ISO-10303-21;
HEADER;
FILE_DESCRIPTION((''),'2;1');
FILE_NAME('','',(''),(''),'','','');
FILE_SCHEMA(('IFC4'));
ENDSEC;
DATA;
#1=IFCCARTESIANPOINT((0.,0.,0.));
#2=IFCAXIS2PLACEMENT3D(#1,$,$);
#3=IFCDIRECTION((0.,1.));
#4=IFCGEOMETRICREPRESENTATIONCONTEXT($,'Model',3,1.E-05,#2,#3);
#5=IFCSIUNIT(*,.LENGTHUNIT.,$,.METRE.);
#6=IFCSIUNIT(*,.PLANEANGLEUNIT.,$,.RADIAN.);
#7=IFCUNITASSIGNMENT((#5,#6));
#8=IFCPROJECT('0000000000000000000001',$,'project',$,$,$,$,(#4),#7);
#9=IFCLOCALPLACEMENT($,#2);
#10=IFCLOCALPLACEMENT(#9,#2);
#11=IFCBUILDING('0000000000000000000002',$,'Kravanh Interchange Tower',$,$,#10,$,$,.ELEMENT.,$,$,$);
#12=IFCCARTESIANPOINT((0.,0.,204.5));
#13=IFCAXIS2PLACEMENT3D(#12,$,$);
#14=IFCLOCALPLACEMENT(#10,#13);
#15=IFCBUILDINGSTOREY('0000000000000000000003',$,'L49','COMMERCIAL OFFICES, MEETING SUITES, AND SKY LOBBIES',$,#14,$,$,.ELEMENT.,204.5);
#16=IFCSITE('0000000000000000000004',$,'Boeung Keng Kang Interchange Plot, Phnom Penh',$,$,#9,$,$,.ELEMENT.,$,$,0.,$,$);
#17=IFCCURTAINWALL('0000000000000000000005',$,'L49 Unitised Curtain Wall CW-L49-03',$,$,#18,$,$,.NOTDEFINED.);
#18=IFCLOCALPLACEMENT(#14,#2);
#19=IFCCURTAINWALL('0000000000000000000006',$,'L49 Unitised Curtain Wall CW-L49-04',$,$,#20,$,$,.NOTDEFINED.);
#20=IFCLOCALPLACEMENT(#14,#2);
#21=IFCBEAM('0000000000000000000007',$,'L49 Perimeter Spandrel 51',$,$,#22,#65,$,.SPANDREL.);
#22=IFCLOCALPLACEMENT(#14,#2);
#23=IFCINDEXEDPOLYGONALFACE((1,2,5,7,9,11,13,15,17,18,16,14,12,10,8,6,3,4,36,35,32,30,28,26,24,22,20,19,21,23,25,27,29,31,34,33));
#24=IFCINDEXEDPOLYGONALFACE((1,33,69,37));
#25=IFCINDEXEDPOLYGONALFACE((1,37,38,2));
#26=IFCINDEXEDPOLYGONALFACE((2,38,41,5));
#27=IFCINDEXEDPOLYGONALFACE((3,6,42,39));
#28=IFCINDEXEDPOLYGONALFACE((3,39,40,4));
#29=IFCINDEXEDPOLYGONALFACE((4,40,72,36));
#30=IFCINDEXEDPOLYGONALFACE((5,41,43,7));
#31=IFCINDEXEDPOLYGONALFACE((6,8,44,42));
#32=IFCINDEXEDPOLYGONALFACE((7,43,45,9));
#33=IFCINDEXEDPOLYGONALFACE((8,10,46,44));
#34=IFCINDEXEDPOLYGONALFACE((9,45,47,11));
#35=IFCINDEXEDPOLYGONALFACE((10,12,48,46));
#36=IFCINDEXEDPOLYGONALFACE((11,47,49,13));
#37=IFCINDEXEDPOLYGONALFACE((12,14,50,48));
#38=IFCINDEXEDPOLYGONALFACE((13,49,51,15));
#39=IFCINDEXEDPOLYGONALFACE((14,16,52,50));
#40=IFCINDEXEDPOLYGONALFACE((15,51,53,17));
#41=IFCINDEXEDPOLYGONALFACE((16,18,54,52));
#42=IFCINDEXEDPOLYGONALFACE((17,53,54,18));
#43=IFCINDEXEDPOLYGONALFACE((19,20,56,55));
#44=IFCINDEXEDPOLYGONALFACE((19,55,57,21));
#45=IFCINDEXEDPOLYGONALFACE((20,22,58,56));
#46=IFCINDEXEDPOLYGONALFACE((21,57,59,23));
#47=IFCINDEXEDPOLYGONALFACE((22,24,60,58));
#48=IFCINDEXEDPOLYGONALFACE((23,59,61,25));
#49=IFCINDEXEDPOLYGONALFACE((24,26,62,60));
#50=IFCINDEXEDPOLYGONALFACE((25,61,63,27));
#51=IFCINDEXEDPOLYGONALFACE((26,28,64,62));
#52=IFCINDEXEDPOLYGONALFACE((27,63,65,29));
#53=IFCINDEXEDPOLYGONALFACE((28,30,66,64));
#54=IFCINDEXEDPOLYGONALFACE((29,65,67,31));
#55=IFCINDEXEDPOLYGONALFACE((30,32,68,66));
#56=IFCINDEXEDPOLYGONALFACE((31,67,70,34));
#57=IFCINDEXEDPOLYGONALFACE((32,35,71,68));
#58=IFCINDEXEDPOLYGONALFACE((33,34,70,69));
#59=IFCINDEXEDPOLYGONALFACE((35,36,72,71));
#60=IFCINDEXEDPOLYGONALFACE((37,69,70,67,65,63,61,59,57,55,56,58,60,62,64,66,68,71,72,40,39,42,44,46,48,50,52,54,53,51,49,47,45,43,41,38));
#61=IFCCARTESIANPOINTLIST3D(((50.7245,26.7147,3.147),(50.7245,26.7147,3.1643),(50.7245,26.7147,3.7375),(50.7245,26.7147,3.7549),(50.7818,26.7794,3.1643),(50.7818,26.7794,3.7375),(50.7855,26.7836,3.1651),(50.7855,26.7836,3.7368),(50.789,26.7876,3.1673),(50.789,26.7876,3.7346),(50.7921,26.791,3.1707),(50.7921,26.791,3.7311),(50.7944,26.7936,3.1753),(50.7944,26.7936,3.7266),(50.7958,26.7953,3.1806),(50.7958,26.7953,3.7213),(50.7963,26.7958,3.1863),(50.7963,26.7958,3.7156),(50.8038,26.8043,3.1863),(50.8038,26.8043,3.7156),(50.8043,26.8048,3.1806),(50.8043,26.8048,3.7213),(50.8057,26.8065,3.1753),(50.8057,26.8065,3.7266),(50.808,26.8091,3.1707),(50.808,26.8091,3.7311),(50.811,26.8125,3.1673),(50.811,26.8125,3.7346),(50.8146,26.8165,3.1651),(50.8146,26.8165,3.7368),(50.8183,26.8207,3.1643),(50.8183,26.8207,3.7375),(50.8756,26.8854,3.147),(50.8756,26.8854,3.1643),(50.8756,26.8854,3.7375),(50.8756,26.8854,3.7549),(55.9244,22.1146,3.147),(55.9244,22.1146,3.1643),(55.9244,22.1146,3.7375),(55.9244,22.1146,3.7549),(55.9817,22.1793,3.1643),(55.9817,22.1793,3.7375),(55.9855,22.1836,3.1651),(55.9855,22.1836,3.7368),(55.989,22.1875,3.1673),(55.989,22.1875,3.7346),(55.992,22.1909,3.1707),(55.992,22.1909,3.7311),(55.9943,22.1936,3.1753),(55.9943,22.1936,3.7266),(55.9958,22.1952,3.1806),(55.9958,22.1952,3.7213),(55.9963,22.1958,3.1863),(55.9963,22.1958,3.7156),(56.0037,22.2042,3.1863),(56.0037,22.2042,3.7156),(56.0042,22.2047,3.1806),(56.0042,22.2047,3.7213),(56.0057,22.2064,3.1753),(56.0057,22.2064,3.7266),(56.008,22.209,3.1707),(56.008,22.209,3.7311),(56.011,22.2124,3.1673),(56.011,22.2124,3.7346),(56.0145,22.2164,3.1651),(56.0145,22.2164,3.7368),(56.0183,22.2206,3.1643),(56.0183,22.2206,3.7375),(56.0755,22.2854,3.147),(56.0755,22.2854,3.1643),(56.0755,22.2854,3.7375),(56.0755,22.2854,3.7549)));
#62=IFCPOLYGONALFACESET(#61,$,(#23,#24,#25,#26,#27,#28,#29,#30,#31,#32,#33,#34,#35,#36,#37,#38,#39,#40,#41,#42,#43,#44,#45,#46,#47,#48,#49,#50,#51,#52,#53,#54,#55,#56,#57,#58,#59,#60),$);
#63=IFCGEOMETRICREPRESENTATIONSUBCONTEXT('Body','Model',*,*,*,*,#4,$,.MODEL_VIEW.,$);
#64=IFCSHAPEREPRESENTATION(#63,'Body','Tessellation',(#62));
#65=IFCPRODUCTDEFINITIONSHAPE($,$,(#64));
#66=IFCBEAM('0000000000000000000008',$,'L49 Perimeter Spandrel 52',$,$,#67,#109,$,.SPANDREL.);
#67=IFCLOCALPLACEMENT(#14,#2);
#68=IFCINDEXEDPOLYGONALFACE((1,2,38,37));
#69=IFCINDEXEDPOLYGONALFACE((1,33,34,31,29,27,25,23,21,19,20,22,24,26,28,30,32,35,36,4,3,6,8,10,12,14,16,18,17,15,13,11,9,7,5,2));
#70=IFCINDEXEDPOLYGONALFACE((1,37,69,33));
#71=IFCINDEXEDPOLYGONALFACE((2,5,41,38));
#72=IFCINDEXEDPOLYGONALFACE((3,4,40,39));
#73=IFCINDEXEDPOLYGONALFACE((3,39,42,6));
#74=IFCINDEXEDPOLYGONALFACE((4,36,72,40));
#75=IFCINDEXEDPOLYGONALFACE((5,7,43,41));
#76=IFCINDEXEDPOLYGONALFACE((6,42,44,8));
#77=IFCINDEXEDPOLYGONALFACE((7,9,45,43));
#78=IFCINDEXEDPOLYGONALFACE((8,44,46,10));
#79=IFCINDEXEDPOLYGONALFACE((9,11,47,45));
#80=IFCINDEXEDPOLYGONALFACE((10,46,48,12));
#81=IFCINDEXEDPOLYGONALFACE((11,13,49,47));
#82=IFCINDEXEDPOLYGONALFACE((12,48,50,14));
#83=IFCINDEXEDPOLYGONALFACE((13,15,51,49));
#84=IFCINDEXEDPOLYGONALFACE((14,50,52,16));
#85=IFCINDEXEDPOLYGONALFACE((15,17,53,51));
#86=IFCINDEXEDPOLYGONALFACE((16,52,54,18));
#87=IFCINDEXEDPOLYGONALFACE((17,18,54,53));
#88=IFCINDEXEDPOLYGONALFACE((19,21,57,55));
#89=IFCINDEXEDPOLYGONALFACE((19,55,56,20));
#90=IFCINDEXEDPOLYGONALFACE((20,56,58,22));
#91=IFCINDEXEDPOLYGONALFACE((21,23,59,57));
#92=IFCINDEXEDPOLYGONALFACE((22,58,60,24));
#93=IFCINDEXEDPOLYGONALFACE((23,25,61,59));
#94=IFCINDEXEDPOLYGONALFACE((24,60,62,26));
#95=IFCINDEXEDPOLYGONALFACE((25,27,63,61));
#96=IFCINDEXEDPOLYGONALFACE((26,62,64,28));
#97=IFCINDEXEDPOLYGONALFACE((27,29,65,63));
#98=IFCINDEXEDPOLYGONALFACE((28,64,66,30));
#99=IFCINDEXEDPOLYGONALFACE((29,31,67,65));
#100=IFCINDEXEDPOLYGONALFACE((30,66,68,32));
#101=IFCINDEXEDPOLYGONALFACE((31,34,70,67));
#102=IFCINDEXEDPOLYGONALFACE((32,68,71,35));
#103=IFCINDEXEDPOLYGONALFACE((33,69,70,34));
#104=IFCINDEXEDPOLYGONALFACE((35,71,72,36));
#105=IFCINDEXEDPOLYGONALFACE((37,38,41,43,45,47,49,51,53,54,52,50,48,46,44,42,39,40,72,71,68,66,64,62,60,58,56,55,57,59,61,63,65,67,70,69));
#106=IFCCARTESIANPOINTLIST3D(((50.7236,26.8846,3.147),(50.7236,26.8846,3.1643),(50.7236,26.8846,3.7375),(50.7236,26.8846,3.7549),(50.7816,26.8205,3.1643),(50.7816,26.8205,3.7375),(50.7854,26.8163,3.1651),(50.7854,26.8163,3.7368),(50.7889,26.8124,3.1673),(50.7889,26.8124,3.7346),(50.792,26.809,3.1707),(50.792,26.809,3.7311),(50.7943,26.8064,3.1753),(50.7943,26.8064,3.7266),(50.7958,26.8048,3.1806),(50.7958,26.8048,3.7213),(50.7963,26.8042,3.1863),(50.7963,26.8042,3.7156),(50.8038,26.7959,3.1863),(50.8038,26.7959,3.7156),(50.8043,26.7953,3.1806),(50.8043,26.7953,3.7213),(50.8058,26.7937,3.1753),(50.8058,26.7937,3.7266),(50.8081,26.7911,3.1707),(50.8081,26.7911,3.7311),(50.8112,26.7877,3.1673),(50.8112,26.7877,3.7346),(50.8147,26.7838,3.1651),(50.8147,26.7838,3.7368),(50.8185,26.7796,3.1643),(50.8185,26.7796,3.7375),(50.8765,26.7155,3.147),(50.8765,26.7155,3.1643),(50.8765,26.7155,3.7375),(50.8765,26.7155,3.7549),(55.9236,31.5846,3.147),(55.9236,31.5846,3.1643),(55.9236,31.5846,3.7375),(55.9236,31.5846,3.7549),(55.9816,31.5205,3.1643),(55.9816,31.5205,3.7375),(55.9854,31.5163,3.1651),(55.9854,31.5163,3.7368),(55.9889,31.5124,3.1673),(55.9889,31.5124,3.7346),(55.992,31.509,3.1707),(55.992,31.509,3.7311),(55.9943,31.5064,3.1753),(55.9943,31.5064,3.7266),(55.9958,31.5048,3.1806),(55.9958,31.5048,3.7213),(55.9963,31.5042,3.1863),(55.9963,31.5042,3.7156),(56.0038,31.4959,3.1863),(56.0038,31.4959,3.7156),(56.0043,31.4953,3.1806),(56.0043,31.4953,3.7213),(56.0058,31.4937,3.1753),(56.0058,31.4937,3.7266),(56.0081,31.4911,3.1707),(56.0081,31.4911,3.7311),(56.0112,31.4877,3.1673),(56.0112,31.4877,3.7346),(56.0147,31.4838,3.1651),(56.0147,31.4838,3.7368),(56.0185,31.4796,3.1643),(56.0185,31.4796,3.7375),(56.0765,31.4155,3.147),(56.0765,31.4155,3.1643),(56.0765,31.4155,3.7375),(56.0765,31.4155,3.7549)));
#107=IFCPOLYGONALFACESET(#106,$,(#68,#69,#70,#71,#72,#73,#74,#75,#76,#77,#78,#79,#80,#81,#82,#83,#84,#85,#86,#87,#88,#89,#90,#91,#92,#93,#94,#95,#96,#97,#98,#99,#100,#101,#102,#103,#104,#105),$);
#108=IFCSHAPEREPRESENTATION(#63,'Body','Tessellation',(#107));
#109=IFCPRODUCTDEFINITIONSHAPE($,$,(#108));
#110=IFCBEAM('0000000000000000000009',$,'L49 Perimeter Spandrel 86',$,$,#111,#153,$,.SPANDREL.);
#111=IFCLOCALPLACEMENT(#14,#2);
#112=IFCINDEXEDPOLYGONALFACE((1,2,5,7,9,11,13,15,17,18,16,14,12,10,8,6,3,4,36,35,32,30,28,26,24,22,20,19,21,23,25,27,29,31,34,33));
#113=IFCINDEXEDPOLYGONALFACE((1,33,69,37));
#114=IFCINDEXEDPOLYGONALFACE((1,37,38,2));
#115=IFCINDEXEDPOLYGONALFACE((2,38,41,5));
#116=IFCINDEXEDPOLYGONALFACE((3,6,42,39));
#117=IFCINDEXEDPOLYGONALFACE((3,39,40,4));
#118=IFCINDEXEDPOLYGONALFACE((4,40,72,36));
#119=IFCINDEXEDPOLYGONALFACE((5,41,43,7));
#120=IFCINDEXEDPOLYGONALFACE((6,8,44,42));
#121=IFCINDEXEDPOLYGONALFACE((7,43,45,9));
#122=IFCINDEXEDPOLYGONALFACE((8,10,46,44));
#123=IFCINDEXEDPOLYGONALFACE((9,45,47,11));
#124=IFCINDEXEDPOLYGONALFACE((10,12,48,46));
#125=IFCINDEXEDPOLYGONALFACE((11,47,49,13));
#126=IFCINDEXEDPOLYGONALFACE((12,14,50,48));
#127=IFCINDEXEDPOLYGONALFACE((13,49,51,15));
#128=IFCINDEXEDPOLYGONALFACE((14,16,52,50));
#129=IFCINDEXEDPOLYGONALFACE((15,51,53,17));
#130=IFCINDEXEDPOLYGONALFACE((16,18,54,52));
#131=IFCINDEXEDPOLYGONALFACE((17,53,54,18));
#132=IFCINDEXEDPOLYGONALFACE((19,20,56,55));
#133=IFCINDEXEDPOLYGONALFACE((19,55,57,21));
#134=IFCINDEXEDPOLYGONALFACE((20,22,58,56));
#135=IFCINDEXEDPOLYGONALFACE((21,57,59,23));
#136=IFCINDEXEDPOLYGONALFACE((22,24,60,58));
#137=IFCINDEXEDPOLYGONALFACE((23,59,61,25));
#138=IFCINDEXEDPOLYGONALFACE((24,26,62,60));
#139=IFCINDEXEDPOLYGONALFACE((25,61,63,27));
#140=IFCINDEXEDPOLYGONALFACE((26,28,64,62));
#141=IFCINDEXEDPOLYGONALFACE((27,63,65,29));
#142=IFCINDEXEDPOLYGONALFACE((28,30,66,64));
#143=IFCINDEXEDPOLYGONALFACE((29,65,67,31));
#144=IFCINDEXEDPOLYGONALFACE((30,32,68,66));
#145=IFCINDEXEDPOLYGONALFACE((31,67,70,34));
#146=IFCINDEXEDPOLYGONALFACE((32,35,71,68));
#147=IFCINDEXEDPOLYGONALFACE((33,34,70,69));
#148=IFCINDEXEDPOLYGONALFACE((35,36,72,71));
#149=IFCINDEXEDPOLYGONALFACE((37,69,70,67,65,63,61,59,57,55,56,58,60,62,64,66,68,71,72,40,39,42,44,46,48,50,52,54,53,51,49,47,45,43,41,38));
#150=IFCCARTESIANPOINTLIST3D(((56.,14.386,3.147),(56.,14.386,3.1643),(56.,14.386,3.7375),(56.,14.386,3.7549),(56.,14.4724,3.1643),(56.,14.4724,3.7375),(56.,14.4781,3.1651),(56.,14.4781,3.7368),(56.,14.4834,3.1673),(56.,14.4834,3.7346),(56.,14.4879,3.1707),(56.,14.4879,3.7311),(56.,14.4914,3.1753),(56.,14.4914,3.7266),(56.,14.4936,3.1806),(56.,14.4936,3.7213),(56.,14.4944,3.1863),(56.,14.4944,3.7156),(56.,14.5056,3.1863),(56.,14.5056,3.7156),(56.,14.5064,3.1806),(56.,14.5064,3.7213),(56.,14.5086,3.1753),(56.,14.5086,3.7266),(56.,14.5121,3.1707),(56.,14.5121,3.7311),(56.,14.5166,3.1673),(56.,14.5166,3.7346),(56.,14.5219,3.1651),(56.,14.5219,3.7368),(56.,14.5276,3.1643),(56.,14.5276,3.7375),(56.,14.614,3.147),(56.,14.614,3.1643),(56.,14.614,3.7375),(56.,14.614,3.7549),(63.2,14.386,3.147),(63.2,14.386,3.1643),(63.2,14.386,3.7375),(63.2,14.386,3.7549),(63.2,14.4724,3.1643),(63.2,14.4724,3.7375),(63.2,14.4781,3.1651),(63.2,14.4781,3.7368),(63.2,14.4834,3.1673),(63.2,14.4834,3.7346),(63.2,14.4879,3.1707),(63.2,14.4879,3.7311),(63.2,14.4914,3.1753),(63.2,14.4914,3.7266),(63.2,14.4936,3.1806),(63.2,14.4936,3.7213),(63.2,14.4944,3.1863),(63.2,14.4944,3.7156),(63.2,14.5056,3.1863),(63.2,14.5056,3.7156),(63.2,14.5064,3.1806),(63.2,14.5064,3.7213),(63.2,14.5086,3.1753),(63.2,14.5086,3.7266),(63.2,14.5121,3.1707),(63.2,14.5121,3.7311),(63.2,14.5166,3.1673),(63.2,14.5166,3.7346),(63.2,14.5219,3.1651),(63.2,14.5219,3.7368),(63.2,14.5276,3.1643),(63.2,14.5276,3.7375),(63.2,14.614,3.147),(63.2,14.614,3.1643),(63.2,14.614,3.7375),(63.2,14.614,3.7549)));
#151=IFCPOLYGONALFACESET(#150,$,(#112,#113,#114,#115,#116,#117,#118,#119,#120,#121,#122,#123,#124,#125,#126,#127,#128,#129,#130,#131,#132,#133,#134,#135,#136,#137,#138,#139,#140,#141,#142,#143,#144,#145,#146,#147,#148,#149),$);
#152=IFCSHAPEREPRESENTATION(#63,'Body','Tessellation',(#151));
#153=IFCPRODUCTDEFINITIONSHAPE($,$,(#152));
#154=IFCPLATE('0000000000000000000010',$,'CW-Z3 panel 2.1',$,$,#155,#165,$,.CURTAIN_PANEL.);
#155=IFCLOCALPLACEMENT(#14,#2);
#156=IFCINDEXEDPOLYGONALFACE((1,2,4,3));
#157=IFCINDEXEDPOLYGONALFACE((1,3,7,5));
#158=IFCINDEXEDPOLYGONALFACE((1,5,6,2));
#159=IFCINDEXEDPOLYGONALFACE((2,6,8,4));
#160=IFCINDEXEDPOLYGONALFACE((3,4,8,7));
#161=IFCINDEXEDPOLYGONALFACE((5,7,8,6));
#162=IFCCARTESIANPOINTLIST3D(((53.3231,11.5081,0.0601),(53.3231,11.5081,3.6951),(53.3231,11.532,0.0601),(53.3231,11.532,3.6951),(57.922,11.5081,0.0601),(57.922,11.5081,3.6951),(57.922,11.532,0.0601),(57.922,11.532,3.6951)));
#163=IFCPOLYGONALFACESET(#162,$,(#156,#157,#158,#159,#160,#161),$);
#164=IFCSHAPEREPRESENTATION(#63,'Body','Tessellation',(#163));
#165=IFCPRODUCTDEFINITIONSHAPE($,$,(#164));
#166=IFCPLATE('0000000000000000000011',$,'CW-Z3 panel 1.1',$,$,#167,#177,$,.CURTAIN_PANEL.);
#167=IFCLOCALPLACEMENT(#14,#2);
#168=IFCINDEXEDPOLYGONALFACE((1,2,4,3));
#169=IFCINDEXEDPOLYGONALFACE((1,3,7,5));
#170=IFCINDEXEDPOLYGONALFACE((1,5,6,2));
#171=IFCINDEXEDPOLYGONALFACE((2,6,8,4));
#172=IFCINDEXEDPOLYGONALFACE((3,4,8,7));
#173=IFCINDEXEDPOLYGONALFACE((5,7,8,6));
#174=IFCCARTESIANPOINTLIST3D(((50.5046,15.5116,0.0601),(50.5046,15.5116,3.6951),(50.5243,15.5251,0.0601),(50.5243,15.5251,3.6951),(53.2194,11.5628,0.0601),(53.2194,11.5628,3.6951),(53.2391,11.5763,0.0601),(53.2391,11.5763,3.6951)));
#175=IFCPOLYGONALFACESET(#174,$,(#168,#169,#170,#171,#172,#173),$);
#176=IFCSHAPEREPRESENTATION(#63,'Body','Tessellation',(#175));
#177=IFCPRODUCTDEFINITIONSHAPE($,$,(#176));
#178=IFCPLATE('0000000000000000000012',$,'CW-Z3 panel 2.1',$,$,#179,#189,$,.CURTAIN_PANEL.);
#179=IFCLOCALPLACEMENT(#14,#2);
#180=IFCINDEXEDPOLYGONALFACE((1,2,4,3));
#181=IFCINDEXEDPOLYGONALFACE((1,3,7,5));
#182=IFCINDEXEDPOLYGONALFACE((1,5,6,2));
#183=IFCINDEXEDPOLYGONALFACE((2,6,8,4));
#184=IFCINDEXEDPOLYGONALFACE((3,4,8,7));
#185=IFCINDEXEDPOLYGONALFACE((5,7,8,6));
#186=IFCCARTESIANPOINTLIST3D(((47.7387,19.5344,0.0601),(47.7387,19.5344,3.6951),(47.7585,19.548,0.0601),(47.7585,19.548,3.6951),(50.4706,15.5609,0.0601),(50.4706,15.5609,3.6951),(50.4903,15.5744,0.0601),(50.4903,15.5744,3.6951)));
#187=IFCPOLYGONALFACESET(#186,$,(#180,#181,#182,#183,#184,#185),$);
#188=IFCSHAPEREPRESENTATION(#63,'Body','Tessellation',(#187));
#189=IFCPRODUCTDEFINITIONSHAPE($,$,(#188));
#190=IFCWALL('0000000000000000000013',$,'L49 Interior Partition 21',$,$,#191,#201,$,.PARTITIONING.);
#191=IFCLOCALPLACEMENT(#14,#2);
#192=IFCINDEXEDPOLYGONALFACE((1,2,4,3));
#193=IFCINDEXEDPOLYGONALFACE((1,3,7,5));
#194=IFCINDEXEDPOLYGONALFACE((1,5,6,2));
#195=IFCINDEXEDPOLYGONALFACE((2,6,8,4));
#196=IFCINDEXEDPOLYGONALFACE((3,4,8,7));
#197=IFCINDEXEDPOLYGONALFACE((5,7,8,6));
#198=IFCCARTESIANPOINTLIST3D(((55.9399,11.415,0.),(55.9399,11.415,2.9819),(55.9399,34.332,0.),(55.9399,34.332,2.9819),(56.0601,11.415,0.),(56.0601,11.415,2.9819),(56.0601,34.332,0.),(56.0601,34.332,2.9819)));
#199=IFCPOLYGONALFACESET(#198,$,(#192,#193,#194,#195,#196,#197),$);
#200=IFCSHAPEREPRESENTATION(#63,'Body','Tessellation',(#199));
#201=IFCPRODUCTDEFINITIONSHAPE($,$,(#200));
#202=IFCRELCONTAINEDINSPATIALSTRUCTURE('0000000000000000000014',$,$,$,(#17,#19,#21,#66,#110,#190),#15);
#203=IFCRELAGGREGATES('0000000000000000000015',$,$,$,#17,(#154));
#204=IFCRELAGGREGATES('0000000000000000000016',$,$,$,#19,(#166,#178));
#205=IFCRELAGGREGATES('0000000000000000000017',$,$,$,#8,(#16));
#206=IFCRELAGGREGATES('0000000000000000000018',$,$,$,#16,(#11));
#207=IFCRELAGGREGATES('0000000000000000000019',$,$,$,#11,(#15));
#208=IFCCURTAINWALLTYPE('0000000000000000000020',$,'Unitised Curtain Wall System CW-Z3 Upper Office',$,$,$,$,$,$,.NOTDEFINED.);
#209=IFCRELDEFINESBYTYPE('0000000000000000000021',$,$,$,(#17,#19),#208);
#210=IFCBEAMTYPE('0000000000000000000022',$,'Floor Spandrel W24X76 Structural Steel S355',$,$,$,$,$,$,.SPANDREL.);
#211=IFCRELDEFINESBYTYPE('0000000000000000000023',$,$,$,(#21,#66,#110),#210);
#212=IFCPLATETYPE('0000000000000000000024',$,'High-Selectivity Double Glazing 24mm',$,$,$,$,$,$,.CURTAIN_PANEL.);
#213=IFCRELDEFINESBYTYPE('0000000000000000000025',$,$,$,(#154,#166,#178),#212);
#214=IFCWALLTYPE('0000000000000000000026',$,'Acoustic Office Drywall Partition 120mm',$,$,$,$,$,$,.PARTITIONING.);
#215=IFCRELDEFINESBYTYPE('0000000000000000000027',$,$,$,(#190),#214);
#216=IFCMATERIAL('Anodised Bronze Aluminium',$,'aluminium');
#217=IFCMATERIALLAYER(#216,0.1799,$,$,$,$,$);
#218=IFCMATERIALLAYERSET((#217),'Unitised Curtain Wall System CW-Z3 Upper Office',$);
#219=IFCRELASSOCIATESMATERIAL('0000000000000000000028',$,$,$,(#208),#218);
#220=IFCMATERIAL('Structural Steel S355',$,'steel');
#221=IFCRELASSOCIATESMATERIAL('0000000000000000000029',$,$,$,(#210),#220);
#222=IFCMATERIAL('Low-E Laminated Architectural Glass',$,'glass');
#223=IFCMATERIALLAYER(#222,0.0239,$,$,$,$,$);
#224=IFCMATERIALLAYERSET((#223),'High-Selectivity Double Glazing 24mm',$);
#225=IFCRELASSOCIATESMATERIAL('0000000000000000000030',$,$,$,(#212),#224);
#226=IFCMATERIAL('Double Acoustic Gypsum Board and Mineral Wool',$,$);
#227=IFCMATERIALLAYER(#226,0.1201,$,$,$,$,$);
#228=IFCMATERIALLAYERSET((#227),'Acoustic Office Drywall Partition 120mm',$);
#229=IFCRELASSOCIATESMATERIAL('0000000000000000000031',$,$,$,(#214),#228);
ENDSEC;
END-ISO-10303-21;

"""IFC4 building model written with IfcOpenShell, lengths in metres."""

from ifc_helpers import new_model, si_unit, direction, frame, frame_2d, origin, origin_2d, place, context, subcontext, project, spatial, rectangle, i_section, extrude, material, layer, layer_set, material_profile, profile_set, type_object, element, aggregate, save


model = new_model("IFC4")

# Units and contexts
model_context = context("Model", 3, precision=1e-05, world=origin(), true_north=direction((0.0, 1.0)))
body_context = subcontext(model_context, "Body", "Model", "MODEL_VIEW")
ifc_project = project(units=[si_unit("LENGTHUNIT", "METRE"), si_unit("PLANEANGLEUNIT", "RADIAN")], contexts=[model_context])

# Site, building, storey
site_placement = place(None, origin())
site = spatial("IfcSite", under=ifc_project, at=site_placement, Name="Boeung Keng Kang Interchange Plot, Phnom Penh", CompositionType="ELEMENT", RefElevation=0.0)
building_placement = place(site_placement, origin())
building = spatial("IfcBuilding", under=site, at=building_placement, Name="Kravanh Interchange Tower", CompositionType="ELEMENT")
storey_placement = place(building_placement, frame((0.0, 0.0, 204.5)))
storey = spatial("IfcBuildingStorey", under=building, at=storey_placement, Name="L49", Description="COMMERCIAL OFFICES, MEETING SUITES, AND SKY LOBBIES", CompositionType="ELEMENT", Elevation=204.5)

# Curtain wall
ifc_material_1 = material(Name="Anodised Bronze Aluminium", Category="aluminium")
ifc_layer_1 = layer(ifc_material_1, 0.1799)
ifc_layer_set_1 = layer_set([ifc_layer_1], Name="Unitised Curtain Wall System CW-Z3 Upper Office")
curtain_wall_type = type_object("IfcCurtainWallType", Name="Unitised Curtain Wall System CW-Z3 Upper Office", PredefinedType="NOTDEFINED", material=ifc_layer_set_1)
curtain_wall_1_placement = place(storey_placement, origin())
curtain_wall_1 = element("IfcCurtainWall", 1, at=curtain_wall_1_placement, inside=storey, type_object=curtain_wall_type, Name="L49 Unitised Curtain Wall CW-L49-03", PredefinedType="NOTDEFINED")

# Curtain wall
curtain_wall_2_placement = place(storey_placement, origin())
curtain_wall_2 = element("IfcCurtainWall", 2, at=curtain_wall_2_placement, inside=storey, type_object=curtain_wall_type, Name="L49 Unitised Curtain Wall CW-L49-04", PredefinedType="NOTDEFINED")

# Beams
ifc_material_2 = material(Name="Structural Steel S355", Category="steel")
ifc_material_profile_1 = material_profile(ifc_material_2, i_section(OverallWidth=0.228, OverallDepth=0.6079, WebThickness=0.0112, FlangeThickness=0.0173, FilletRadius=0.022, at=origin_2d()), Name="W24X76")
ifc_profile_set_1 = profile_set([ifc_material_profile_1], Name="Structural Steel S355")
beam_type_1 = type_object("IfcBeamType", Name="Floor Spandrel W24X76 Structural Steel S355", PredefinedType="SPANDREL", material=ifc_profile_set_1)
beam_1_placement = place(storey_placement, frame((50.8, 26.8, 3.4509), z_axis=(0.748986, -0.662585, 0.0), x_axis=(0.662585, 0.748986, 0.0)))
element("IfcBeam", 3, at=beam_1_placement, inside=storey, type_object=beam_type_1, Name="L49 Perimeter Spandrel 51", PredefinedType="SPANDREL", context=body_context, shape_type="SweptSolid", body=[
    extrude(i_section(OverallWidth=0.228, OverallDepth=0.6079, WebThickness=0.0112, FlangeThickness=0.0173, FilletRadius=0.022, at=origin_2d()), origin(), (0.0, 0.0, 1.0), 6.9426),
])
beam_2_placement = place(storey_placement, frame((50.8, 26.8, 3.4509), z_axis=(0.741874, 0.670539, 0.0), x_axis=(-0.670539, 0.741874, 0.0)))
element("IfcBeam", 4, at=beam_2_placement, inside=storey, type_object=beam_type_1, Name="L49 Perimeter Spandrel 52", PredefinedType="SPANDREL", context=body_context, shape_type="SweptSolid", body=[
    extrude(i_section(OverallWidth=0.228, OverallDepth=0.6079, WebThickness=0.0112, FlangeThickness=0.0173, FilletRadius=0.022, at=origin_2d()), origin(), (0.0, 0.0, 1.0), 7.0093),
])
beam_3_placement = place(storey_placement, frame((56.0, 14.5, 3.4509), z_axis=(1.0, 0.0, 0.0), x_axis=(0.0, 1.0, 0.0)))
element("IfcBeam", 5, at=beam_3_placement, inside=storey, type_object=beam_type_1, Name="L49 Perimeter Spandrel 86", PredefinedType="SPANDREL", context=body_context, shape_type="SweptSolid", body=[
    extrude(i_section(OverallWidth=0.228, OverallDepth=0.6079, WebThickness=0.0112, FlangeThickness=0.0173, FilletRadius=0.022, at=origin_2d()), origin(), (0.0, 0.0, 1.0), 7.2),
])

# Plates
ifc_material_3 = material(Name="Low-E Laminated Architectural Glass", Category="glass")
ifc_layer_2 = layer(ifc_material_3, 0.0239)
ifc_layer_set_2 = layer_set([ifc_layer_2], Name="High-Selectivity Double Glazing 24mm")
plate_type = type_object("IfcPlateType", Name="High-Selectivity Double Glazing 24mm", PredefinedType="CURTAIN_PANEL", material=ifc_layer_set_2)
plate_1_placement = place(storey_placement, frame((55.6226, 11.52, 0.0601), z_axis=(0.0, 0.0, 1.0), x_axis=(-1.0, 0.0, 0.0)))
plate_1 = element("IfcPlate", 6, at=plate_1_placement, type_object=plate_type, Name="CW-Z3 panel 2.1", PredefinedType="CURTAIN_PANEL", context=body_context, shape_type="SweptSolid", body=[
    extrude(rectangle(XDim=4.5989, YDim=0.0239, at=origin_2d()), origin(), (0.0, 0.0, 1.0), 3.635),
])
aggregate(curtain_wall_1, [plate_1])
plate_2_placement = place(storey_placement, frame((51.8718, 13.5439, 0.0601), z_axis=(0.0, 0.0, 1.0), x_axis=(-0.566528, 0.824042, 0.0)))
plate_2 = element("IfcPlate", 7, at=plate_2_placement, type_object=plate_type, Name="CW-Z3 panel 1.1", PredefinedType="CURTAIN_PANEL", context=body_context, shape_type="SweptSolid", body=[
    extrude(rectangle(XDim=4.792, YDim=0.0239, at=origin_2d()), origin(), (0.0, 0.0, 1.0), 3.635),
])
plate_3_placement = place(storey_placement, frame((49.1145, 17.5544, 0.0601), z_axis=(0.0, 0.0, 1.0), x_axis=(-0.566528, 0.824042, 0.0)))
plate_3 = element("IfcPlate", 8, at=plate_3_placement, type_object=plate_type, Name="CW-Z3 panel 2.1", PredefinedType="CURTAIN_PANEL", context=body_context, shape_type="SweptSolid", body=[
    extrude(rectangle(XDim=4.822, YDim=0.0239, at=origin_2d()), origin(), (0.0, 0.0, 1.0), 3.635),
])
aggregate(curtain_wall_2, [plate_2, plate_3])

# Wall
ifc_material_4 = material(Name="Double Acoustic Gypsum Board and Mineral Wool")
ifc_layer_3 = layer(ifc_material_4, 0.1201)
ifc_layer_set_3 = layer_set([ifc_layer_3], Name="Acoustic Office Drywall Partition 120mm")
wall_type = type_object("IfcWallType", Name="Acoustic Office Drywall Partition 120mm", PredefinedType="PARTITIONING", material=ifc_layer_set_3)
wall_placement = place(storey_placement, frame((56.0, 11.415, 0.0), z_axis=(0.0, 0.0, 1.0), x_axis=(0.0, 1.0, 0.0)))
element("IfcWall", 9, at=wall_placement, inside=storey, type_object=wall_type, Name="L49 Interior Partition 21", PredefinedType="PARTITIONING", context=body_context, shape_type="SweptSolid", body=[
    extrude(rectangle(XDim=22.917, YDim=0.1201, at=frame_2d((11.4585, 0.0))), origin(), (0.0, 0.0, 1.0), 2.9819),
])

save(model, "model.ifc")
